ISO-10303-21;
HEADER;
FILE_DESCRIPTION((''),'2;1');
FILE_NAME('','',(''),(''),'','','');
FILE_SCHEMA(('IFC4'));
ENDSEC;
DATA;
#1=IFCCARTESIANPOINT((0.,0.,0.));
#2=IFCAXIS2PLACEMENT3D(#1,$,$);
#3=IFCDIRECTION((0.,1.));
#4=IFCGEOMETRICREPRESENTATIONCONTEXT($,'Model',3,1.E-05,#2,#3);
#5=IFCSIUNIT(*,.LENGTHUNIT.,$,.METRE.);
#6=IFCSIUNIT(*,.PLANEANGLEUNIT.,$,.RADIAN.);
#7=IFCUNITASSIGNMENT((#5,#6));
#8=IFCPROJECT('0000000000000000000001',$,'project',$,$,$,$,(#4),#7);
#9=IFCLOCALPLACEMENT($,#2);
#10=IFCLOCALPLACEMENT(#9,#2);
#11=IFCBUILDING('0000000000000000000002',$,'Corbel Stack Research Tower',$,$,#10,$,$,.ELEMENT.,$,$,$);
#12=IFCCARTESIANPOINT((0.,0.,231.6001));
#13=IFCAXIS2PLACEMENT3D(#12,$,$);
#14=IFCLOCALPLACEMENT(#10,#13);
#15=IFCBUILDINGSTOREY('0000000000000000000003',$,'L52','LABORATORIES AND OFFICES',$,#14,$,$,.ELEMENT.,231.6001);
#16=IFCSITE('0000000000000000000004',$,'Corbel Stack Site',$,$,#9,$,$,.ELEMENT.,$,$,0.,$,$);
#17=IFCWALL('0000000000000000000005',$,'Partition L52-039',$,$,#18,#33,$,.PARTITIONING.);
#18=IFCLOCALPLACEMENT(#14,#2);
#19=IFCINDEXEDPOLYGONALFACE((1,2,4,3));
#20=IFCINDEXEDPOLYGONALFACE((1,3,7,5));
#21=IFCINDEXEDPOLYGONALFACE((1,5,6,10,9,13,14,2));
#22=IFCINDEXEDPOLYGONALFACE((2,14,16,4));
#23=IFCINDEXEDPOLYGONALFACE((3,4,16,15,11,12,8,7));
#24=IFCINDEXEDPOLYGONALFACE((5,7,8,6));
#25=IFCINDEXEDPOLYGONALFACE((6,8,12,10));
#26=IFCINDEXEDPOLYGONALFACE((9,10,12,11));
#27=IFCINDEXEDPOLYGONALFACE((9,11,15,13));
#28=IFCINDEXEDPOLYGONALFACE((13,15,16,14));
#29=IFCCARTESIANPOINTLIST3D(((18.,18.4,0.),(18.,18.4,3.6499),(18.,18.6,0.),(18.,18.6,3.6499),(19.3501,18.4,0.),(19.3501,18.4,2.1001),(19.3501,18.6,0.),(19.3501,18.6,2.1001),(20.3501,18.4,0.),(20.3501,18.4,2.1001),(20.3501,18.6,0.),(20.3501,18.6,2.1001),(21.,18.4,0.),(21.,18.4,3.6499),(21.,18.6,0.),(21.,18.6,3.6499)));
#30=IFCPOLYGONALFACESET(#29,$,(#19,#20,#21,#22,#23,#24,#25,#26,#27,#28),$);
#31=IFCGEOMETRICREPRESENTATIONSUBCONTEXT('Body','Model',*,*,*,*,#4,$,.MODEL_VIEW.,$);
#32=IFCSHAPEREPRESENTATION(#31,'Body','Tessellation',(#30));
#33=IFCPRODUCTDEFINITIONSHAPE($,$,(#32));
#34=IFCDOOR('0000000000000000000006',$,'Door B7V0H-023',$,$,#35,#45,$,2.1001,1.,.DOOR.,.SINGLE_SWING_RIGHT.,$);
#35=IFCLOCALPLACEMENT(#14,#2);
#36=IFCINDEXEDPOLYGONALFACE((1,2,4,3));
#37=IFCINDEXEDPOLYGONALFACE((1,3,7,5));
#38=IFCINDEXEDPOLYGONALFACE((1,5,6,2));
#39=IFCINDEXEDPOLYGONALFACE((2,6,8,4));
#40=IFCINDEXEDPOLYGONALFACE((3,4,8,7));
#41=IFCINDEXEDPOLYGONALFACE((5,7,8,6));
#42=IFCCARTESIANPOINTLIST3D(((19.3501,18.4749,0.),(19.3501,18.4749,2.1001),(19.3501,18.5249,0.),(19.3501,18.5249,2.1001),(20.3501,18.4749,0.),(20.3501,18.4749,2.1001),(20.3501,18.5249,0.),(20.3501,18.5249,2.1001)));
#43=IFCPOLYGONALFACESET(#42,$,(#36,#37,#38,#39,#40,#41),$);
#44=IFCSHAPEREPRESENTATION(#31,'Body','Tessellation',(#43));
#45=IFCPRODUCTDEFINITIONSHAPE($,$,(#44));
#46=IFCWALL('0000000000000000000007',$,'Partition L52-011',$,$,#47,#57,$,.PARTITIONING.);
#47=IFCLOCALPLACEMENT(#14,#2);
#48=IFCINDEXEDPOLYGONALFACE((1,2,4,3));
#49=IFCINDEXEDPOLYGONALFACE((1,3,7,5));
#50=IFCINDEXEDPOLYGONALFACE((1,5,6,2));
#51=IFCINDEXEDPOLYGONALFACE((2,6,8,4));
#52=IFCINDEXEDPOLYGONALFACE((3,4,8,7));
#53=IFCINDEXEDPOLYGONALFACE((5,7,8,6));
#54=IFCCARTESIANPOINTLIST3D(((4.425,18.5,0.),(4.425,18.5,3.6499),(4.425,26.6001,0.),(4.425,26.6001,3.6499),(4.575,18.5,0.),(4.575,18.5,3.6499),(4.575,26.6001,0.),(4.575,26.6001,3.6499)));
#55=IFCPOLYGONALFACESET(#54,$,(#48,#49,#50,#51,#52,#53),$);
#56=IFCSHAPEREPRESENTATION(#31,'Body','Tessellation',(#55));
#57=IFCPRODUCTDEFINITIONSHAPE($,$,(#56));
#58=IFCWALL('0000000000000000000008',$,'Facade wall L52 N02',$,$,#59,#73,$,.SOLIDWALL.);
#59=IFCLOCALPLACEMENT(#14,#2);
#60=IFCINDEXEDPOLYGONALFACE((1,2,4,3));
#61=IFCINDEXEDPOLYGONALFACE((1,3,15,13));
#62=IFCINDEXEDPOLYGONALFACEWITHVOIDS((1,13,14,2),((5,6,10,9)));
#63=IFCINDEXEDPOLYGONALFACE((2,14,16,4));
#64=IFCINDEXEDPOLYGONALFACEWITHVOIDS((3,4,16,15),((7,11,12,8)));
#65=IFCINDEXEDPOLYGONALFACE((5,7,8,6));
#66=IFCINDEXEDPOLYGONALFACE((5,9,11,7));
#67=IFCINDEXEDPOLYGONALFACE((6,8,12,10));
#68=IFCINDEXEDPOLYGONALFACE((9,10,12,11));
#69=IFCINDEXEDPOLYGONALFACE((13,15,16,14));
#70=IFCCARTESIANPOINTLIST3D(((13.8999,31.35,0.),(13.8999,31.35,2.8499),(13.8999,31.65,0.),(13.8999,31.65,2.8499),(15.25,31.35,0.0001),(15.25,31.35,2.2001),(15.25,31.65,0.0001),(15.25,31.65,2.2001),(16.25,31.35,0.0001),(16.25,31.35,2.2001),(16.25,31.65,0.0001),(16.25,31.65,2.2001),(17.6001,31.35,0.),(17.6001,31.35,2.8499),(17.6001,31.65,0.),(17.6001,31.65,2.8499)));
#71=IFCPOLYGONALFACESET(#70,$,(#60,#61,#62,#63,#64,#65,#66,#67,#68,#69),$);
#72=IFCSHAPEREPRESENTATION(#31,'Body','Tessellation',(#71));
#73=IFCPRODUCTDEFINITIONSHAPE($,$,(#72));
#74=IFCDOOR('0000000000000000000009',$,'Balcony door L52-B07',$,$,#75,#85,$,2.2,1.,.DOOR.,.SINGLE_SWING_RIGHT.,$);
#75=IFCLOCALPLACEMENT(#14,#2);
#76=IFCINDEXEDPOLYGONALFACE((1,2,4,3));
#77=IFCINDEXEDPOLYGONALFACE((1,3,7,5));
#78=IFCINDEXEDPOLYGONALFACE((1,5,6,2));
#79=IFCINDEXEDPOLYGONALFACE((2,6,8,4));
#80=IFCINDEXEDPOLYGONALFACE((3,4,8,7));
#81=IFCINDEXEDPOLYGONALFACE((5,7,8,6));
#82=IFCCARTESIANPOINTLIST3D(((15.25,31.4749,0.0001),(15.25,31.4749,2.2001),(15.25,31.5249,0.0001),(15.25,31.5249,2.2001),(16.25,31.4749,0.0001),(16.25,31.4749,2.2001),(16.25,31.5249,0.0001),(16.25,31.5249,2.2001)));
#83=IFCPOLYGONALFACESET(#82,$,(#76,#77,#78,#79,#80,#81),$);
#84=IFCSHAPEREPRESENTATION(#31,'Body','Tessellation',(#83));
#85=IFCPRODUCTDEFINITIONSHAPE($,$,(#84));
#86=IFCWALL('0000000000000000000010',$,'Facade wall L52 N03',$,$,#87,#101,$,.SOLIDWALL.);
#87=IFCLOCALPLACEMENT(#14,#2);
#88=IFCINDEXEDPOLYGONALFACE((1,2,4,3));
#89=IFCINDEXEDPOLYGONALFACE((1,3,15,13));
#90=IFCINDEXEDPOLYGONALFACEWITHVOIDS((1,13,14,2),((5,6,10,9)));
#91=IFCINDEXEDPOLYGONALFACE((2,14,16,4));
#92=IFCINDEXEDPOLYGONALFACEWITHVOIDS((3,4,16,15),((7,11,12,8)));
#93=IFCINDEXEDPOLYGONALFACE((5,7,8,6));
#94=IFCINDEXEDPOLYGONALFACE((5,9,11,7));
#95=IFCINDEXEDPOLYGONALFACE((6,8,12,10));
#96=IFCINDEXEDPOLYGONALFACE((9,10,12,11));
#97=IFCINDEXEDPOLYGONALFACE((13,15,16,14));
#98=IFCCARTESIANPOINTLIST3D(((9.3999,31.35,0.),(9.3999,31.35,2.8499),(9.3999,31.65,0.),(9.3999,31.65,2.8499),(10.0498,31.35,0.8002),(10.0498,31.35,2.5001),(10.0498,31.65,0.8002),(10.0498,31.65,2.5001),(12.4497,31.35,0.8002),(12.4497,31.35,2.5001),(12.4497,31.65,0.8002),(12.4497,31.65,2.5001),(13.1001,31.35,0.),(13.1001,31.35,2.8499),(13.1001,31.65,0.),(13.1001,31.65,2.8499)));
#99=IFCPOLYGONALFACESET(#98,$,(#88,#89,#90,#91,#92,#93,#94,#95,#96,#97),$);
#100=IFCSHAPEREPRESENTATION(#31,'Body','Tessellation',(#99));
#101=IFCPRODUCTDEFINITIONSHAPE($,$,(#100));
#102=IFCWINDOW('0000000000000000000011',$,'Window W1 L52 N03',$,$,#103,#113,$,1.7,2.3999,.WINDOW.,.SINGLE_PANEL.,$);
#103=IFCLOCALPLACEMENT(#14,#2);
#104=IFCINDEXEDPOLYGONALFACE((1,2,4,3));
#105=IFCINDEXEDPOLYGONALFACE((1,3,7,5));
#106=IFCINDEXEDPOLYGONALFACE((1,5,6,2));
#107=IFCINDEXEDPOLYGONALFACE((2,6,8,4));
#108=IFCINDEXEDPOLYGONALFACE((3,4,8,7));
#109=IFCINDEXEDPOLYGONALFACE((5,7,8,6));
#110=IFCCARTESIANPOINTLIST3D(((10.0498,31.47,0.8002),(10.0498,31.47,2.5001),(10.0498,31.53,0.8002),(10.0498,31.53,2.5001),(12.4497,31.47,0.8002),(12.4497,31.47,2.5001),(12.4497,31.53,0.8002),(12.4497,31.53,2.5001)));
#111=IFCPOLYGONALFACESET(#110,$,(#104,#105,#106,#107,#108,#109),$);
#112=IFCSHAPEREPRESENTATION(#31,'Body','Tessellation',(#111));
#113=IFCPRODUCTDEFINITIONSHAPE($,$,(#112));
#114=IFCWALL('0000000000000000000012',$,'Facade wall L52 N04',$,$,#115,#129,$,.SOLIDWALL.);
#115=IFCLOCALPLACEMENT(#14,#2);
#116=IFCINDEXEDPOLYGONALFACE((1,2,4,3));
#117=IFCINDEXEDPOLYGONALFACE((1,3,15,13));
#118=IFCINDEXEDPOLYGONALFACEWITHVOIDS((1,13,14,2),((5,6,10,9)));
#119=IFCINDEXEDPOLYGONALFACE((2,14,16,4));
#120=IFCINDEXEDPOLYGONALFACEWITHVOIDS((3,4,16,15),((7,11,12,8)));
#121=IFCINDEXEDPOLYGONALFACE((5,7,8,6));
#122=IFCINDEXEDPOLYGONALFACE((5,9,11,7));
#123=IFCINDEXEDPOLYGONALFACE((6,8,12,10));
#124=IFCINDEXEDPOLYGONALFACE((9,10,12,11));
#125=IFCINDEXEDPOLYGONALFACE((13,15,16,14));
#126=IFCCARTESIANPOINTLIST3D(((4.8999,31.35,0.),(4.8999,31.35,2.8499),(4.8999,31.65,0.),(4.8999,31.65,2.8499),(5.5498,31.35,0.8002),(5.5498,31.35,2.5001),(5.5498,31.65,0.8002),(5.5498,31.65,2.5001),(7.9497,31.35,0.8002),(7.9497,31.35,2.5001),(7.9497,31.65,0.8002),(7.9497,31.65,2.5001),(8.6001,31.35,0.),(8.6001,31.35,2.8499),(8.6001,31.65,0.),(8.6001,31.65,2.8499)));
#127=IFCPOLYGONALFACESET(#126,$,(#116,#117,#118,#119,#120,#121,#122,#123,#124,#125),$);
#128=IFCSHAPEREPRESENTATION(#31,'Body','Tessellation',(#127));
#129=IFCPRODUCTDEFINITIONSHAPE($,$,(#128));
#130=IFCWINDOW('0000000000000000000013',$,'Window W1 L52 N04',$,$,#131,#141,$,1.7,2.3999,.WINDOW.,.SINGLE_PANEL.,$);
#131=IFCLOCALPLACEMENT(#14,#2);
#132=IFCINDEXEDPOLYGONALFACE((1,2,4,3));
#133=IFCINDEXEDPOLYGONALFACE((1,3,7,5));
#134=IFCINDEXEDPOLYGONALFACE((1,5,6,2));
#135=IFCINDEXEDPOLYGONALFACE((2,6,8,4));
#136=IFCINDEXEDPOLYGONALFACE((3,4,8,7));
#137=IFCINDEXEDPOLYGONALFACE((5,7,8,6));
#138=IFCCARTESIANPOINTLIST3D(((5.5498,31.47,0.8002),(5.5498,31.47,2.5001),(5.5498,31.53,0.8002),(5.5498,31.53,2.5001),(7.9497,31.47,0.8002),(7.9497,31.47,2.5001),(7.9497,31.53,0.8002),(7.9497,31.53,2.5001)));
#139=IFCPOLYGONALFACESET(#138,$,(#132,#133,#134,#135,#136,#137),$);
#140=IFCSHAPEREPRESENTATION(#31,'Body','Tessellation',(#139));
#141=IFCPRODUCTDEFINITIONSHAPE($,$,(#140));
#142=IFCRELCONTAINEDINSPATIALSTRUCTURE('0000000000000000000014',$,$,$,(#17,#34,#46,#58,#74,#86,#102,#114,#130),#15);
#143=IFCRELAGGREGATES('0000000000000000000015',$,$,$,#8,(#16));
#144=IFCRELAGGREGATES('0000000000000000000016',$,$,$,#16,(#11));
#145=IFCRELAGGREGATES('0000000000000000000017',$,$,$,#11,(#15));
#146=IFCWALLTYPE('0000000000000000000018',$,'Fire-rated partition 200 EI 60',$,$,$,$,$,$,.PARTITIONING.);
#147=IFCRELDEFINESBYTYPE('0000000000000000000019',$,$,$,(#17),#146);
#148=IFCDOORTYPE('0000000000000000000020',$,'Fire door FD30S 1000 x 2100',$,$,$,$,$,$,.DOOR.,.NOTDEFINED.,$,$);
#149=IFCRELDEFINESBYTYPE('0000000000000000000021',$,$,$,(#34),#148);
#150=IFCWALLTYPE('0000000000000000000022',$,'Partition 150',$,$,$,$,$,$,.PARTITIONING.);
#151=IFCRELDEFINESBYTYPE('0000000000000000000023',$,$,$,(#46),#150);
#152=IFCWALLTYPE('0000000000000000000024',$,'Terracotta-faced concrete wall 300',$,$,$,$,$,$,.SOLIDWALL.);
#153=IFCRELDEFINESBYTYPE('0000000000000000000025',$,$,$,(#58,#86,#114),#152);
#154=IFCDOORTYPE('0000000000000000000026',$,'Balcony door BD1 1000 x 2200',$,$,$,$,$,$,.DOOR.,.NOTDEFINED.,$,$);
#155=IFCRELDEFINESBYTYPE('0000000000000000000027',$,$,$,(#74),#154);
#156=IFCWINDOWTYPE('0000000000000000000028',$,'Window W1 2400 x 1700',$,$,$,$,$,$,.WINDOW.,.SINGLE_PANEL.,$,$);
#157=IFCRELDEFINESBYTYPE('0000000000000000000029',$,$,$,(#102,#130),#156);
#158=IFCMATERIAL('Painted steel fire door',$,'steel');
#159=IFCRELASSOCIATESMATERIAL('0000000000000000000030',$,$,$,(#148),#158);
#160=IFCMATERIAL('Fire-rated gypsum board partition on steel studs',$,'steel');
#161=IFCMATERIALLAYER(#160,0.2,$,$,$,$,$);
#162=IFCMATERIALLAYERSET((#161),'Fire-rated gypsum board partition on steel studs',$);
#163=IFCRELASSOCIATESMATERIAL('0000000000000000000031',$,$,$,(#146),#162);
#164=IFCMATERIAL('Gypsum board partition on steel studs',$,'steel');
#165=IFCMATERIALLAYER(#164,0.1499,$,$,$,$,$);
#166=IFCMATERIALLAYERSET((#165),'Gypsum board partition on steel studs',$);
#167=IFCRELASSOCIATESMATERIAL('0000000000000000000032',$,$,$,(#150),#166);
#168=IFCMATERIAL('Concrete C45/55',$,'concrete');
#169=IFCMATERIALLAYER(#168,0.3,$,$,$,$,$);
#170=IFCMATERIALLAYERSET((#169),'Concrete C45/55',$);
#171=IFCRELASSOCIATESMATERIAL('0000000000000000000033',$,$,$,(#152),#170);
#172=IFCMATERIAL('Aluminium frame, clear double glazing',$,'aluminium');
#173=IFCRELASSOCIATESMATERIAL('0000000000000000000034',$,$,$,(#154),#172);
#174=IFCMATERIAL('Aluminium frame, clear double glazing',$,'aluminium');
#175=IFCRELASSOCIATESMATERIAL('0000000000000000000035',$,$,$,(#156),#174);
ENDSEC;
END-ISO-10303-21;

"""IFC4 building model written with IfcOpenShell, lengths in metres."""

from ifc_helpers import new_model, si_unit, direction, frame, frame_2d, origin, place, context, subcontext, project, spatial, rectangle, extrude, material, layer, layer_set, type_object, element, fill, save


model = new_model("IFC4")

# Units and contexts
model_context = context("Model", 3, precision=1e-05, world=origin(), true_north=direction((0.0, 1.0)))
body_context = subcontext(model_context, "Body", "Model", "MODEL_VIEW")
ifc_project = project(units=[si_unit("LENGTHUNIT", "METRE"), si_unit("PLANEANGLEUNIT", "RADIAN")], contexts=[model_context])

# Site, building, storey
site_placement = place(None, origin())
site = spatial("IfcSite", under=ifc_project, at=site_placement, Name="Corbel Stack Site", CompositionType="ELEMENT", RefElevation=0.0)
building_placement = place(site_placement, origin())
building = spatial("IfcBuilding", under=site, at=building_placement, Name="Corbel Stack Research Tower", CompositionType="ELEMENT")
storey_placement = place(building_placement, frame((0.0, 0.0, 231.6001)))
storey = spatial("IfcBuildingStorey", under=building, at=storey_placement, Name="L52", Description="LABORATORIES AND OFFICES", CompositionType="ELEMENT", Elevation=231.6001)

# Shared definitions
ifc_material_1 = material(Name="Painted steel fire door", Category="steel")
door_type_1 = type_object("IfcDoorType", Name="Fire door FD30S 1000 x 2100", OperationType="NOTDEFINED", PredefinedType="DOOR", material=ifc_material_1)

# Shared definitions
ifc_material_2 = material(Name="Fire-rated gypsum board partition on steel studs", Category="steel")
ifc_layer_1 = layer(ifc_material_2, 0.2)
ifc_layer_set_1 = layer_set([ifc_layer_1], Name="Fire-rated gypsum board partition on steel studs")
wall_type_1 = type_object("IfcWallType", Name="Fire-rated partition 200 EI 60", PredefinedType="PARTITIONING", material=ifc_layer_set_1)

# Wall, opening, door
wall_1_placement = place(storey_placement, frame((18.0, 18.5, 0.0), z_axis=(0.0, 0.0, 1.0), x_axis=(1.0, 0.0, 0.0)))
wall_1 = element("IfcWall", 1, at=wall_1_placement, inside=storey, type_object=wall_type_1, Name="Partition L52-039", PredefinedType="PARTITIONING", context=body_context, shape_type="SweptSolid", body=[
    extrude(rectangle(XDim=3.0, YDim=0.2, at=frame_2d((1.5, 0.0))), origin(), (0.0, 0.0, 1.0), 3.6499),
])
opening_1_placement = place(wall_1_placement, frame((1.3501, 0.0, 0.0)))
opening_1 = element("IfcOpeningElement", 2, at=opening_1_placement, cuts=wall_1, PredefinedType="OPENING", context=body_context, shape_type="SweptSolid", body=[
    extrude(rectangle(XDim=1.0, YDim=2.1001, at=frame_2d((0.5, 1.05))), frame((0.0, 0.1099, 0.0), z_axis=(0.0, -1.0, 0.0), x_axis=(1.0, 0.0, 0.0)), (0.0, 0.0, 1.0), 0.22),
])
door_1_placement = place(opening_1_placement, origin())
door_1 = element("IfcDoor", 3, at=door_1_placement, inside=storey, type_object=door_type_1, Name="Door B7V0H-023", OperationType="SINGLE_SWING_RIGHT", OverallHeight=2.1001, OverallWidth=1.0, PredefinedType="DOOR", context=body_context, shape_type="SweptSolid", body=[
    extrude(rectangle(XDim=1.0, YDim=2.1001, at=frame_2d((0.5, 1.05))), frame((0.0, 0.0249, 0.0), z_axis=(0.0, -1.0, 0.0), x_axis=(1.0, 0.0, 0.0)), (0.0, 0.0, 1.0), 0.05),
])
fill(opening_1, door_1)

# Wall
ifc_material_3 = material(Name="Gypsum board partition on steel studs", Category="steel")
ifc_layer_2 = layer(ifc_material_3, 0.1499)
ifc_layer_set_2 = layer_set([ifc_layer_2], Name="Gypsum board partition on steel studs")
wall_type_2 = type_object("IfcWallType", Name="Partition 150", PredefinedType="PARTITIONING", material=ifc_layer_set_2)
wall_2_placement = place(storey_placement, frame((4.5, 18.5, 0.0), z_axis=(0.0, 0.0, 1.0), x_axis=(0.0, 1.0, 0.0)))
element("IfcWall", 4, at=wall_2_placement, inside=storey, type_object=wall_type_2, Name="Partition L52-011", PredefinedType="PARTITIONING", context=body_context, shape_type="SweptSolid", body=[
    extrude(rectangle(XDim=8.1001, YDim=0.1499, at=frame_2d((4.05, 0.0))), origin(), (0.0, 0.0, 1.0), 3.6499),
])

# Wall, opening, door
ifc_material_4 = material(Name="Concrete C45/55", Category="concrete")
ifc_layer_3 = layer(ifc_material_4, 0.3)
ifc_layer_set_3 = layer_set([ifc_layer_3], Name="Concrete C45/55")
wall_type_3 = type_object("IfcWallType", Name="Terracotta-faced concrete wall 300", PredefinedType="SOLIDWALL", material=ifc_layer_set_3)
wall_3_placement = place(storey_placement, frame((13.8999, 31.5, 0.0), z_axis=(0.0, 0.0, 1.0), x_axis=(1.0, 0.0, 0.0)))
wall_3 = element("IfcWall", 5, at=wall_3_placement, inside=storey, type_object=wall_type_3, Name="Facade wall L52 N02", PredefinedType="SOLIDWALL", context=body_context, shape_type="SweptSolid", body=[
    extrude(rectangle(XDim=3.7002, YDim=0.3, at=frame_2d((1.8501, 0.0))), origin(), (0.0, 0.0, 1.0), 2.8499),
])
opening_2_placement = place(wall_3_placement, frame((1.3501, 0.0, 0.0)))
opening_2 = element("IfcOpeningElement", 6, at=opening_2_placement, cuts=wall_3, PredefinedType="OPENING", context=body_context, shape_type="SweptSolid", body=[
    extrude(rectangle(XDim=1.0, YDim=2.2, at=frame_2d((0.5, 1.1001))), frame((0.0, 0.1599, 0.0), z_axis=(0.0, -1.0, 0.0), x_axis=(1.0, 0.0, 0.0)), (0.0, 0.0, 1.0), 0.3201),
])
ifc_material_5 = material(Name="Aluminium frame, clear double glazing", Category="aluminium")
door_type_2 = type_object("IfcDoorType", Name="Balcony door BD1 1000 x 2200", OperationType="NOTDEFINED", PredefinedType="DOOR", material=ifc_material_5)
door_2_placement = place(opening_2_placement, origin())
door_2 = element("IfcDoor", 7, at=door_2_placement, inside=storey, type_object=door_type_2, Name="Balcony door L52-B07", OperationType="SINGLE_SWING_RIGHT", OverallHeight=2.2, OverallWidth=1.0, PredefinedType="DOOR", context=body_context, shape_type="SweptSolid", body=[
    extrude(rectangle(XDim=1.0, YDim=2.2, at=frame_2d((0.5, 1.1001))), frame((0.0, 0.0249, 0.0), z_axis=(0.0, -1.0, 0.0), x_axis=(1.0, 0.0, 0.0)), (0.0, 0.0, 1.0), 0.05),
])
fill(opening_2, door_2)

# Walls, openings, windows
wall_4_placement = place(storey_placement, frame((9.3999, 31.5, 0.0), z_axis=(0.0, 0.0, 1.0), x_axis=(1.0, 0.0, 0.0)))
wall_4 = element("IfcWall", 8, at=wall_4_placement, inside=storey, type_object=wall_type_3, Name="Facade wall L52 N03", PredefinedType="SOLIDWALL", context=body_context, shape_type="SweptSolid", body=[
    extrude(rectangle(XDim=3.7002, YDim=0.3, at=frame_2d((1.8501, 0.0))), origin(), (0.0, 0.0, 1.0), 2.8499),
])
opening_3_placement = place(wall_4_placement, frame((0.6499, 0.0, 0.8)))
opening_3 = element("IfcOpeningElement", 9, at=opening_3_placement, cuts=wall_4, PredefinedType="OPENING", context=body_context, shape_type="SweptSolid", body=[
    extrude(rectangle(XDim=2.3999, YDim=1.7, at=frame_2d((1.2, 0.8501))), frame((0.0, 0.1599, 0.0), z_axis=(0.0, -1.0, 0.0), x_axis=(1.0, 0.0, 0.0)), (0.0, 0.0, 1.0), 0.3201),
])
ifc_material_6 = material(Name="Aluminium frame, clear double glazing", Category="aluminium")
window_type = type_object("IfcWindowType", Name="Window W1 2400 x 1700", PartitioningType="SINGLE_PANEL", PredefinedType="WINDOW", material=ifc_material_6)
window_1_placement = place(opening_3_placement, origin())
window_1 = element("IfcWindow", 10, at=window_1_placement, inside=storey, type_object=window_type, Name="Window W1 L52 N03", OverallHeight=1.7, OverallWidth=2.3999, PartitioningType="SINGLE_PANEL", PredefinedType="WINDOW", context=body_context, shape_type="SweptSolid", body=[
    extrude(rectangle(XDim=2.3999, YDim=1.7, at=frame_2d((1.2, 0.8501))), frame((0.0, 0.03, 0.0), z_axis=(0.0, -1.0, 0.0), x_axis=(1.0, 0.0, 0.0)), (0.0, 0.0, 1.0), 0.0601),
])
fill(opening_3, window_1)
wall_5_placement = place(storey_placement, frame((4.8999, 31.5, 0.0), z_axis=(0.0, 0.0, 1.0), x_axis=(1.0, 0.0, 0.0)))
wall_5 = element("IfcWall", 11, at=wall_5_placement, inside=storey, type_object=wall_type_3, Name="Facade wall L52 N04", PredefinedType="SOLIDWALL", context=body_context, shape_type="SweptSolid", body=[
    extrude(rectangle(XDim=3.7002, YDim=0.3, at=frame_2d((1.8501, 0.0))), origin(), (0.0, 0.0, 1.0), 2.8499),
])
opening_4_placement = place(wall_5_placement, frame((0.6499, 0.0, 0.8)))
opening_4 = element("IfcOpeningElement", 12, at=opening_4_placement, cuts=wall_5, PredefinedType="OPENING", context=body_context, shape_type="SweptSolid", body=[
    extrude(rectangle(XDim=2.3999, YDim=1.7, at=frame_2d((1.2, 0.8501))), frame((0.0, 0.1599, 0.0), z_axis=(0.0, -1.0, 0.0), x_axis=(1.0, 0.0, 0.0)), (0.0, 0.0, 1.0), 0.3201),
])
window_2_placement = place(opening_4_placement, origin())
window_2 = element("IfcWindow", 13, at=window_2_placement, inside=storey, type_object=window_type, Name="Window W1 L52 N04", OverallHeight=1.7, OverallWidth=2.3999, PartitioningType="SINGLE_PANEL", PredefinedType="WINDOW", context=body_context, shape_type="SweptSolid", body=[
    extrude(rectangle(XDim=2.3999, YDim=1.7, at=frame_2d((1.2, 0.8501))), frame((0.0, 0.03, 0.0), z_axis=(0.0, -1.0, 0.0), x_axis=(1.0, 0.0, 0.0)), (0.0, 0.0, 1.0), 0.0601),
])
fill(opening_4, window_2)

save(model, "model.ifc")
